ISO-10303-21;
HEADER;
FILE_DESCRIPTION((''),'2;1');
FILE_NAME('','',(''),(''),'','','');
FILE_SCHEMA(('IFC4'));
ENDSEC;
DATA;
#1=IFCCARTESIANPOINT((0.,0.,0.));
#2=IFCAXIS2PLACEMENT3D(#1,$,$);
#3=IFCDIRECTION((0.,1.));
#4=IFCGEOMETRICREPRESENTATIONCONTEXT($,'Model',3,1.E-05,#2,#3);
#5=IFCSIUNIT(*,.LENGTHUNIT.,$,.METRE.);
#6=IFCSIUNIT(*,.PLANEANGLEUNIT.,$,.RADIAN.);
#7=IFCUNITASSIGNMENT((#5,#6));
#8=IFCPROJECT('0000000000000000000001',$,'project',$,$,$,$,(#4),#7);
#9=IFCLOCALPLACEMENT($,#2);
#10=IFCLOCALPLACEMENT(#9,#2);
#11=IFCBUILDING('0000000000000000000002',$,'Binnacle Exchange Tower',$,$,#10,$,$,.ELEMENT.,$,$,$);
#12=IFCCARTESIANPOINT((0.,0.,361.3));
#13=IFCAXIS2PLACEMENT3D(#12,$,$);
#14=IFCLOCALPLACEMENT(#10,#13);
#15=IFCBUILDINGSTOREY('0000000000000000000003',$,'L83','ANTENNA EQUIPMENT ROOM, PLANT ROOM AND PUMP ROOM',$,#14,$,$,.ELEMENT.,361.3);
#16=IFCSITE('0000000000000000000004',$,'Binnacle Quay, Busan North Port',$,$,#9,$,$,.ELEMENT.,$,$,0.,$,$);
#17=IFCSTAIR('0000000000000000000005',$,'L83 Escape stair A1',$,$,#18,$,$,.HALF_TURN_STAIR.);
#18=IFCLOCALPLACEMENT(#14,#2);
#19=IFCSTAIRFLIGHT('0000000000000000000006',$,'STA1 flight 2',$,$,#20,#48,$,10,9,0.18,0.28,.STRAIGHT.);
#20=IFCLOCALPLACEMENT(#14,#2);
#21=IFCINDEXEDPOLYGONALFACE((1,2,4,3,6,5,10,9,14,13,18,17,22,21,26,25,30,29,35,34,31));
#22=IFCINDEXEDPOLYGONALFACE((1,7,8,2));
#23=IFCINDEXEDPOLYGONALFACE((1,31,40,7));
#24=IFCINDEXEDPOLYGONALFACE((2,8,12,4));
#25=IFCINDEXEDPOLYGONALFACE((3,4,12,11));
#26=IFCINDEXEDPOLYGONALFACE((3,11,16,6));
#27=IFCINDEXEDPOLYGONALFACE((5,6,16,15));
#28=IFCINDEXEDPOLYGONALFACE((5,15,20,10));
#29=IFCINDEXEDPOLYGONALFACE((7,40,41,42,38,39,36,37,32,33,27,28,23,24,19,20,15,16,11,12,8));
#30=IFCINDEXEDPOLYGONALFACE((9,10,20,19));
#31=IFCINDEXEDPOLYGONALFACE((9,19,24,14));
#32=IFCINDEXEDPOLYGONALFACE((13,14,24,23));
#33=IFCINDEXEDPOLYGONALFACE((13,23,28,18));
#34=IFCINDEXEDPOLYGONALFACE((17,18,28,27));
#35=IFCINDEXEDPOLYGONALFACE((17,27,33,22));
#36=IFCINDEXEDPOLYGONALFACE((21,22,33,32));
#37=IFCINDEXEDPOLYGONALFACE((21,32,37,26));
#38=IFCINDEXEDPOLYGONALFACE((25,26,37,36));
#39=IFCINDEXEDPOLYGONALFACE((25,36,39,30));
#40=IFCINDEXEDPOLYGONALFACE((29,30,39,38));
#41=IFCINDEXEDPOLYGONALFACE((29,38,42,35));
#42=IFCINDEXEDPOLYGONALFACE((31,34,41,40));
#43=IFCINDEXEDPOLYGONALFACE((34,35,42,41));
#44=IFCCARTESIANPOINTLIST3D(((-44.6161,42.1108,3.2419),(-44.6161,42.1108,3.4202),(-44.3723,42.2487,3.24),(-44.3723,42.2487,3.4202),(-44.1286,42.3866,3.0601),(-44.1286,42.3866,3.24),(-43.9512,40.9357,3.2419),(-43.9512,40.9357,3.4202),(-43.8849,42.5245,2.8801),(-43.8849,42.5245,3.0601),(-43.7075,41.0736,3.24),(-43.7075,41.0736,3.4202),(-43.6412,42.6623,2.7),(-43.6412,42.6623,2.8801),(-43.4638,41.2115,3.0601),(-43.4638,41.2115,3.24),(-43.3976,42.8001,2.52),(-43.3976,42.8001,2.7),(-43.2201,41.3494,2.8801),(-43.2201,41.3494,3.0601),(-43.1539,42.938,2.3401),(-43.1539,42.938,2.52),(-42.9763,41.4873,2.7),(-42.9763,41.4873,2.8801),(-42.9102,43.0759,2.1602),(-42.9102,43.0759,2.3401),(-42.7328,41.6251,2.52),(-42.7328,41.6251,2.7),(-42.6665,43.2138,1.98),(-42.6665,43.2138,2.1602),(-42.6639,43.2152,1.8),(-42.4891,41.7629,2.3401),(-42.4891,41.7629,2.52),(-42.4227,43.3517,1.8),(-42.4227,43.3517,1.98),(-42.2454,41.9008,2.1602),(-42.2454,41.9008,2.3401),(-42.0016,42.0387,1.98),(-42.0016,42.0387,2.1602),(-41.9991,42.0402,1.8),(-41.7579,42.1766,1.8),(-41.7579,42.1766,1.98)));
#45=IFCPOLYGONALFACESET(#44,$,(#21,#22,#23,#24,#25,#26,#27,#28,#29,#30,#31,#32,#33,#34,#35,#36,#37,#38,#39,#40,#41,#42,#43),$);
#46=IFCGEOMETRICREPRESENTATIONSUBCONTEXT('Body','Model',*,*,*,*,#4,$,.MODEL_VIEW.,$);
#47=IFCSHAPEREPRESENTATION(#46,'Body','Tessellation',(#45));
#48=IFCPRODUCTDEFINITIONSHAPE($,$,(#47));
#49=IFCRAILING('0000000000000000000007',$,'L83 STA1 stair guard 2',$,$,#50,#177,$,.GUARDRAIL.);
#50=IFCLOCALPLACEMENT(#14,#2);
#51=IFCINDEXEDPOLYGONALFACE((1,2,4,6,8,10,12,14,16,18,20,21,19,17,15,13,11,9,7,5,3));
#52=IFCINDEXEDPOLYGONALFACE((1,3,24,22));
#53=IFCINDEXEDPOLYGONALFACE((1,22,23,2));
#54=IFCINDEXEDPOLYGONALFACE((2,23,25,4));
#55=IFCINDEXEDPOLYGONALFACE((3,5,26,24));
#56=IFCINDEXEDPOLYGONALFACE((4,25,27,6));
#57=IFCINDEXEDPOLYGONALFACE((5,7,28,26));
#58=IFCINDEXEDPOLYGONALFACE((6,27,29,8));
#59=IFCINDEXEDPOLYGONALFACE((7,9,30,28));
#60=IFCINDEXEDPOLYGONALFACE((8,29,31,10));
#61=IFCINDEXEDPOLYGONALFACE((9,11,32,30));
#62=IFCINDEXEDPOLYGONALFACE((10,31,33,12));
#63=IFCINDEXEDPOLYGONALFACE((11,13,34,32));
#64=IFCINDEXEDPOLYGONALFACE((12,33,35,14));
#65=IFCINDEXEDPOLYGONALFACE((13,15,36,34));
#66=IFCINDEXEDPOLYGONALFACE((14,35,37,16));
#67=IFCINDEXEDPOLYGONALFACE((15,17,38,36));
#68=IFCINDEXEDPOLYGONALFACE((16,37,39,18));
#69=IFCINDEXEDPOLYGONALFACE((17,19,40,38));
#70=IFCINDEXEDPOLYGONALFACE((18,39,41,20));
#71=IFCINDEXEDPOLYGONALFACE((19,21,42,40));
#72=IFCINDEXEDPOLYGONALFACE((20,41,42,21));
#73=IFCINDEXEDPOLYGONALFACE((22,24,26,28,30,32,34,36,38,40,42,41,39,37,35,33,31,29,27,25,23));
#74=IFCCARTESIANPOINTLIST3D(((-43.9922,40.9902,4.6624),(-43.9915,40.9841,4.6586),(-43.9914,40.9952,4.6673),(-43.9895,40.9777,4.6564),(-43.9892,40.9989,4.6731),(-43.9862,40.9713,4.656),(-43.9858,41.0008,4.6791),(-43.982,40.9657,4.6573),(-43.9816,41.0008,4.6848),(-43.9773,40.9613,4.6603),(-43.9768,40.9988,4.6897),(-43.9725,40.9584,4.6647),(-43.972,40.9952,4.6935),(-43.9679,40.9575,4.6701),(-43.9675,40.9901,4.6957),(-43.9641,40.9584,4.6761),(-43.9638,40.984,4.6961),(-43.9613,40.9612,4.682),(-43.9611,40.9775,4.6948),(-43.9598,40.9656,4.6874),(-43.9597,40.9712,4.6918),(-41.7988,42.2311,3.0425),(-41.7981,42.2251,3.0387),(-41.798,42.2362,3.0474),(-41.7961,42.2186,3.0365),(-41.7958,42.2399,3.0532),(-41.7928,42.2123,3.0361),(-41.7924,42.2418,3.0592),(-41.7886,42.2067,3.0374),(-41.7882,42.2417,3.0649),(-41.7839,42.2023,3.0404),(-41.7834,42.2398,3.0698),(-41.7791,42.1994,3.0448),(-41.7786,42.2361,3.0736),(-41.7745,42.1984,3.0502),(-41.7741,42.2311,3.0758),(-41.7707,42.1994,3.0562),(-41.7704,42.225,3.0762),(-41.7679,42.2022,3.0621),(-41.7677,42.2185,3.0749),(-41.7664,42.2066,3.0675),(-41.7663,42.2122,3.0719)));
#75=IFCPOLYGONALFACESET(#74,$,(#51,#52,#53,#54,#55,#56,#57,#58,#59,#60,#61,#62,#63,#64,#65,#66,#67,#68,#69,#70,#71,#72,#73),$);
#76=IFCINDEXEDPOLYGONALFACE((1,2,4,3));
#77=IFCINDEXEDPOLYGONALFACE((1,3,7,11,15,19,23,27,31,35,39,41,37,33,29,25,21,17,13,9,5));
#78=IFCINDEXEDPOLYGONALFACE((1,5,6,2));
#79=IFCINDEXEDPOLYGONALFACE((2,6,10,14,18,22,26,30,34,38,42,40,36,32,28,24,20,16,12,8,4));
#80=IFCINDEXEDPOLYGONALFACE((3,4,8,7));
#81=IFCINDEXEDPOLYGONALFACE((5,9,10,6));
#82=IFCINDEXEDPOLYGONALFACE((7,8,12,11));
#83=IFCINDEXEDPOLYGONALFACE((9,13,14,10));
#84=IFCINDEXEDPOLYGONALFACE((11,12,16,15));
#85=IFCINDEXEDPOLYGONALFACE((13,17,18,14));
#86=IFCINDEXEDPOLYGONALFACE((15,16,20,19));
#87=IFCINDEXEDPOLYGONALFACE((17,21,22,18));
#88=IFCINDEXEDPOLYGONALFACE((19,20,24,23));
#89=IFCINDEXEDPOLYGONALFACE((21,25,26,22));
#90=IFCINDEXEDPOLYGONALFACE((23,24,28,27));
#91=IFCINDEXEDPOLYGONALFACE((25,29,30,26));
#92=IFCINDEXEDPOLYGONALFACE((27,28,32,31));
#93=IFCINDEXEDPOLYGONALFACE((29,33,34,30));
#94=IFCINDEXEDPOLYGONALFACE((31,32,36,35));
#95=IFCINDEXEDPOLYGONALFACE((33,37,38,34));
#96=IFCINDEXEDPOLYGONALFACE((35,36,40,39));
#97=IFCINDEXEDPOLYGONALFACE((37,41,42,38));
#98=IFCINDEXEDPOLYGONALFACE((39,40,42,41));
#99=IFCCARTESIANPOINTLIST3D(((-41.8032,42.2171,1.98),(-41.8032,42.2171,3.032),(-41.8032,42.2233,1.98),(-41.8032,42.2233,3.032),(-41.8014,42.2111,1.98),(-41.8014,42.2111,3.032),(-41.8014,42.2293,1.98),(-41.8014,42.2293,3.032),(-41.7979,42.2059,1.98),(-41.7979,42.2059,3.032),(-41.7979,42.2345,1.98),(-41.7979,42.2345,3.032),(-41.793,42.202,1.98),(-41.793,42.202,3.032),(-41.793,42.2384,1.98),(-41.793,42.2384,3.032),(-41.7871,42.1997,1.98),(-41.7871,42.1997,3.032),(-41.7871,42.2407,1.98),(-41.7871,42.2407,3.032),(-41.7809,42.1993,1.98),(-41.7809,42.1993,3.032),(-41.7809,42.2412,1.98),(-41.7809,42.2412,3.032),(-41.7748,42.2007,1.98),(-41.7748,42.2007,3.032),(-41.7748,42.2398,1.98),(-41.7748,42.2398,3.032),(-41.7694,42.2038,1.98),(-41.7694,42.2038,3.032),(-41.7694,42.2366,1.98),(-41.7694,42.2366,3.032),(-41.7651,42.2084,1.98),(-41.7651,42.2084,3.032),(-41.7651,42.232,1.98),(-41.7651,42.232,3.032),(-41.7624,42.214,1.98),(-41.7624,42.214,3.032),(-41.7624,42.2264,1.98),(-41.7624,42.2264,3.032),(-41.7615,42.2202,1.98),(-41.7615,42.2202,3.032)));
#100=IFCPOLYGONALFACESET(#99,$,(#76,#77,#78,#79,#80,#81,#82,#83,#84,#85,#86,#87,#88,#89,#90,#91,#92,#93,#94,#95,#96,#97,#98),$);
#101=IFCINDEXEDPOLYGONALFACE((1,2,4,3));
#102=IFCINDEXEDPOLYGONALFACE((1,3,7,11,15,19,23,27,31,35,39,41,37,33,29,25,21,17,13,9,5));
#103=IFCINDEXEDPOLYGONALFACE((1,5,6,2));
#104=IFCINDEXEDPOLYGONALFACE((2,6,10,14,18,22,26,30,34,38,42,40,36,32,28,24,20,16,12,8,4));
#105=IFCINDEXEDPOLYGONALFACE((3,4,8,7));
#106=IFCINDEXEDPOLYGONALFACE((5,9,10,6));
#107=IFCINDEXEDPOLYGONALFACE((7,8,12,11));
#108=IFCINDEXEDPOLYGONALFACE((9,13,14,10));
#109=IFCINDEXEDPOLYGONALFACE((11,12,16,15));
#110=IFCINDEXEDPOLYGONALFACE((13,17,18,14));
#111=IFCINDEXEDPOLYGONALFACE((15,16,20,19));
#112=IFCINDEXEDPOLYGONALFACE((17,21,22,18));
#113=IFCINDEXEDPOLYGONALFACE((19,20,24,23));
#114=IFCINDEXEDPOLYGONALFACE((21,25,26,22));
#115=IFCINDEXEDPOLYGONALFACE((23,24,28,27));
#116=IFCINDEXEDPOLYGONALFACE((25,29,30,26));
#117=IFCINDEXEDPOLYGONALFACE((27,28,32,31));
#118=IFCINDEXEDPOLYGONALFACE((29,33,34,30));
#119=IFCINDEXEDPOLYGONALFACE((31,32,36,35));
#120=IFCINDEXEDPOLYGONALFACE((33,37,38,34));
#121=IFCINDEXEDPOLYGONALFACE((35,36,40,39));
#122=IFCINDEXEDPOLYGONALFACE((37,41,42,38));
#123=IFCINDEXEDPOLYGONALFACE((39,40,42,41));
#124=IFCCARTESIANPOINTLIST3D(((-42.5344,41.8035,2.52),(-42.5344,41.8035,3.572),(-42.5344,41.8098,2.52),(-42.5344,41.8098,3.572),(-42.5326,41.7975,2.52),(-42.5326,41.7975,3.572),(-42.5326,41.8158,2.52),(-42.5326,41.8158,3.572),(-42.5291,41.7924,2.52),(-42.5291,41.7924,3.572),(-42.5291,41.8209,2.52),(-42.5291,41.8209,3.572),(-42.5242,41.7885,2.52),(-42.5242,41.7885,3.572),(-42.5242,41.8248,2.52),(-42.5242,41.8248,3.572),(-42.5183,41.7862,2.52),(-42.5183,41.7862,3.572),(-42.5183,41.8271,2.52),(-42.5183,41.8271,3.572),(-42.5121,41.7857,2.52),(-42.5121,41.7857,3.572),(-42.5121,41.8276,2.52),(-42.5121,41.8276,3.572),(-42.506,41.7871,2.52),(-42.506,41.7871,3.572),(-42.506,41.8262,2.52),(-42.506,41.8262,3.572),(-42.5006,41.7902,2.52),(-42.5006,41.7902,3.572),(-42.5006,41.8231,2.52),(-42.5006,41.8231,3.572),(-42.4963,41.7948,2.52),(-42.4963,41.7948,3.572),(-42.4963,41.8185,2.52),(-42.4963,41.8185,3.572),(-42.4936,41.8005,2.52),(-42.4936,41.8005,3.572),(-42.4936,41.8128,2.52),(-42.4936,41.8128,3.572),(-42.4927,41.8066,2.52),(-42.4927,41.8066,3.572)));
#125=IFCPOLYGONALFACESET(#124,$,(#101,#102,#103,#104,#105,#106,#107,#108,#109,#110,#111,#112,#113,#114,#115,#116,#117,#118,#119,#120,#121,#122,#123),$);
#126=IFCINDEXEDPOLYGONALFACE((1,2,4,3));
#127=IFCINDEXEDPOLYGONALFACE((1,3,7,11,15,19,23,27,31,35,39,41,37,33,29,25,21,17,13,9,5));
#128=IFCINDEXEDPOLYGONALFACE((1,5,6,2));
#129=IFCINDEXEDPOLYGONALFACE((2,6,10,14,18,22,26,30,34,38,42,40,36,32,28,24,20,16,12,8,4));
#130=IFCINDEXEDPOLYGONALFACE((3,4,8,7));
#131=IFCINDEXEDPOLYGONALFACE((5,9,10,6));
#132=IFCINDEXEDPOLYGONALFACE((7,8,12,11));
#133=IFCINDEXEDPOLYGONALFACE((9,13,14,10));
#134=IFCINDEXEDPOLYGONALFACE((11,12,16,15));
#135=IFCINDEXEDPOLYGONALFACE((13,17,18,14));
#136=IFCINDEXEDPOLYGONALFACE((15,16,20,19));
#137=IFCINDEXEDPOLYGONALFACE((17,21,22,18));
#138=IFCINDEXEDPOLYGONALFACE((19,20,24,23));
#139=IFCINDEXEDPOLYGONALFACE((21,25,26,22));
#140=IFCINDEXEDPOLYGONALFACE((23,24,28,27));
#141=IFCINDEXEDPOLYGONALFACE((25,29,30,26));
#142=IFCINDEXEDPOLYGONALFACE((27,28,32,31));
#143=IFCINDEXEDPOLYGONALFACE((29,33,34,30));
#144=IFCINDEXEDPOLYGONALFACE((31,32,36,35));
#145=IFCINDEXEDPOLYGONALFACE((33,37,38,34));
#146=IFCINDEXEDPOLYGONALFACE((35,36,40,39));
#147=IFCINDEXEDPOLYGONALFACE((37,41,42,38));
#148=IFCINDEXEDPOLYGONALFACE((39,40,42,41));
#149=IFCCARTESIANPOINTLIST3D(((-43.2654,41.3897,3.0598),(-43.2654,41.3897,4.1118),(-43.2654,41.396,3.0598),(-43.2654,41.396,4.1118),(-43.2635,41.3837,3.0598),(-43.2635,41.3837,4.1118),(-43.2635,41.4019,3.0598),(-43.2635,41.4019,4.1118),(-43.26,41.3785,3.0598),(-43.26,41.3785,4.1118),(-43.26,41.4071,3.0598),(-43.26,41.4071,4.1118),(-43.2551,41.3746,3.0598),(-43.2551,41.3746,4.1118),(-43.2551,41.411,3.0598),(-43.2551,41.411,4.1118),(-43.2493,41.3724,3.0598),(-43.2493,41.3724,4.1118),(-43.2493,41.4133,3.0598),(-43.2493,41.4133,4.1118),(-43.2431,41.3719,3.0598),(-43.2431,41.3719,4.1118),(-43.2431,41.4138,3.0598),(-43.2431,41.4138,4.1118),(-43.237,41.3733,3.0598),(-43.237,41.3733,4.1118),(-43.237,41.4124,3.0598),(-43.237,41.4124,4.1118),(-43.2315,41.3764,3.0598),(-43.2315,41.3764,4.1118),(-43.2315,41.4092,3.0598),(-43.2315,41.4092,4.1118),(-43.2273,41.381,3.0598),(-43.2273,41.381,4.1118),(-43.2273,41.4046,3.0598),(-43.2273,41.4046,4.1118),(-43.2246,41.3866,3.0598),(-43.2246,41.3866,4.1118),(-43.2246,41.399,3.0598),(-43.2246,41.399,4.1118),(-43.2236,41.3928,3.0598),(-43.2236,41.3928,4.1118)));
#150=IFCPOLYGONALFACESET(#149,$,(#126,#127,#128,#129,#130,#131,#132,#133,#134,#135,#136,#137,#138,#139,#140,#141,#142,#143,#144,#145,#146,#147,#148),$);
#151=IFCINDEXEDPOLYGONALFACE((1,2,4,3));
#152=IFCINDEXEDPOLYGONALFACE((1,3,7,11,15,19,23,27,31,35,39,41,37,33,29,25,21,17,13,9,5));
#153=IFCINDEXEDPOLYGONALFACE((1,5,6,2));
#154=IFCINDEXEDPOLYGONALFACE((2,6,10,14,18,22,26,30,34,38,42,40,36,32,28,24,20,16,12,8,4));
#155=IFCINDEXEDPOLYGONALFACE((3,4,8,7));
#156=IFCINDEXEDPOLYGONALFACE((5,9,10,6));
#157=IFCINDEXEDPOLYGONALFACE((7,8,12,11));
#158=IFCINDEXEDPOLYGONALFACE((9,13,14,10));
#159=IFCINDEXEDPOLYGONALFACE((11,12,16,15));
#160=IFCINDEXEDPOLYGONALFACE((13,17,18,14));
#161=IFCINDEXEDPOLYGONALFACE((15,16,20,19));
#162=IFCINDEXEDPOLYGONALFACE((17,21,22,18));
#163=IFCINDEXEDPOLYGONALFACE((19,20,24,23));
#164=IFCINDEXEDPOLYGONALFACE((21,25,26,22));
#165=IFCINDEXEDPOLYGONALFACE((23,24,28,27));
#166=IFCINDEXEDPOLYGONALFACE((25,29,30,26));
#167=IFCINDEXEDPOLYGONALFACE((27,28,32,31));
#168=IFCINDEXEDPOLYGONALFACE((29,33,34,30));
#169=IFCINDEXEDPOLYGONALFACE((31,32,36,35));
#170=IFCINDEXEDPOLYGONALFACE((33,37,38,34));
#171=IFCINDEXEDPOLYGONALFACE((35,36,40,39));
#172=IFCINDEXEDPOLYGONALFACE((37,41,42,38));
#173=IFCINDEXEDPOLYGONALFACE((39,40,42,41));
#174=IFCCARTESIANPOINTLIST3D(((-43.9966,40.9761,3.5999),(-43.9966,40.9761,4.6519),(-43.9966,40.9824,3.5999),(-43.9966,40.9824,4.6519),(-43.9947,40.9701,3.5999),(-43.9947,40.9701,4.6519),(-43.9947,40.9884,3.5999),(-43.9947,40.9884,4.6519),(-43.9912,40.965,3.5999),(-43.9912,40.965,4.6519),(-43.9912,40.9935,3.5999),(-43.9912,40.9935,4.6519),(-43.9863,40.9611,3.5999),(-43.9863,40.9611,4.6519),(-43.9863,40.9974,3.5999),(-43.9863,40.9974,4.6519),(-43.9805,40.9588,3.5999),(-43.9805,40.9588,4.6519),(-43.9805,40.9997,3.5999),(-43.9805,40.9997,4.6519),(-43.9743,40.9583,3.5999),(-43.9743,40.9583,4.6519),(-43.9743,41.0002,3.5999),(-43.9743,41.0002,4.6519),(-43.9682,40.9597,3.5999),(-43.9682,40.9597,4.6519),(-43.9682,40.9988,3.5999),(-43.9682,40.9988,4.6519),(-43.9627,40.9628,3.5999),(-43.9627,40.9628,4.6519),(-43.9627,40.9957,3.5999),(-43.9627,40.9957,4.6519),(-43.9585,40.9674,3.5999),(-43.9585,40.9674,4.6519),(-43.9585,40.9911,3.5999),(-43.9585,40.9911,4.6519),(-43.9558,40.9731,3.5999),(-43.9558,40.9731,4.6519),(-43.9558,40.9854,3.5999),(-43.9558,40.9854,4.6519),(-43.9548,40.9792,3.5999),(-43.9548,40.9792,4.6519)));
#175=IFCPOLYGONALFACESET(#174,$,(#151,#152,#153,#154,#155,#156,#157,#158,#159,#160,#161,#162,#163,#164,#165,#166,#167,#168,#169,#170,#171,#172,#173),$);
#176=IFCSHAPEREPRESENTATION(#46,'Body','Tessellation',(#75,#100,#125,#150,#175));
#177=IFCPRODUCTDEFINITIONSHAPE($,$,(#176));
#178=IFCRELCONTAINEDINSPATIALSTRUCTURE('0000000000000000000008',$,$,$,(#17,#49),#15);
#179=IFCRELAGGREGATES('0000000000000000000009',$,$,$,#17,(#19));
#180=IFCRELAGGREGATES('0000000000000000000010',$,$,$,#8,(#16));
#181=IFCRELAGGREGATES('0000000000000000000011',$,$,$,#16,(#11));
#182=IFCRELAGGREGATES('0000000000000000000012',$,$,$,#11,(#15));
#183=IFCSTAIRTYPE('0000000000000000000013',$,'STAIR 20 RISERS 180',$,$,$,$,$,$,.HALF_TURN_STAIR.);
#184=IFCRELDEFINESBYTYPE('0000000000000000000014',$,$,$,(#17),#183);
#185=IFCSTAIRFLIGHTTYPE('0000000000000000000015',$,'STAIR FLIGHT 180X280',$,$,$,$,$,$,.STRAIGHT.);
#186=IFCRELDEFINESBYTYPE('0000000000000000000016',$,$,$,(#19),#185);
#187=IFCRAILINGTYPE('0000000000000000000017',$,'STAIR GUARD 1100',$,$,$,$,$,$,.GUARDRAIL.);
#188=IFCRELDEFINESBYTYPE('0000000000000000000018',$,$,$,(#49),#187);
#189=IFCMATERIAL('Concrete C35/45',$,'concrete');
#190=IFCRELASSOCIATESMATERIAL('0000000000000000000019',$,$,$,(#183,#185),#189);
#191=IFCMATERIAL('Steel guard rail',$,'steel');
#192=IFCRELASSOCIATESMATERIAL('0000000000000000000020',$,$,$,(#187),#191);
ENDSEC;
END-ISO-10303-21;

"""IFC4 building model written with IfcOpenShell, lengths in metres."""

from ifc_helpers import new_model, si_unit, direction, frame, origin, origin_2d, place, context, subcontext, project, spatial, polyline, circle, outline, extrude, material, type_object, element, aggregate, save


model = new_model("IFC4")

# Units and contexts
model_context = context("Model", 3, precision=1e-05, world=origin(), true_north=direction((0.0, 1.0)))
body_context = subcontext(model_context, "Body", "Model", "MODEL_VIEW")
ifc_project = project(units=[si_unit("LENGTHUNIT", "METRE"), si_unit("PLANEANGLEUNIT", "RADIAN")], contexts=[model_context])

# Site, building, storey
site_placement = place(None, origin())
site = spatial("IfcSite", under=ifc_project, at=site_placement, Name="Binnacle Quay, Busan North Port", CompositionType="ELEMENT", RefElevation=0.0)
building_placement = place(site_placement, origin())
building = spatial("IfcBuilding", under=site, at=building_placement, Name="Binnacle Exchange Tower", CompositionType="ELEMENT")
storey_placement = place(building_placement, frame((0.0, 0.0, 361.3)))
storey = spatial("IfcBuildingStorey", under=building, at=storey_placement, Name="L83", Description="ANTENNA EQUIPMENT ROOM, PLANT ROOM AND PUMP ROOM", CompositionType="ELEMENT", Elevation=361.3)

# Stair, stair flight
ifc_material_1 = material(Name="Concrete C35/45", Category="concrete")
stair_type = type_object("IfcStairType", Name="STAIR 20 RISERS 180", PredefinedType="HALF_TURN_STAIR", material=ifc_material_1)
stair_placement = place(storey_placement, origin())
stair = element("IfcStair", 1, at=stair_placement, inside=storey, type_object=stair_type, Name="L83 Escape stair A1", PredefinedType="HALF_TURN_STAIR")
stair_flight_type = type_object("IfcStairFlightType", Name="STAIR FLIGHT 180X280", PredefinedType="STRAIGHT", material=ifc_material_1)
stair_flight_1_placement = place(storey_placement, frame((-42.0903, 42.7642, 1.8), z_axis=(0.0, 0.0, 1.0), x_axis=(-0.870356, -0.492424, 0.0)))
stair_flight_1 = element("IfcStairFlight", 2, at=stair_flight_1_placement, type_object=stair_flight_type, Name="STA1 flight 2", NumberOfRisers=10, NumberOfTreads=9, PredefinedType="STRAIGHT", RiserHeight=0.18, TreadLength=0.28, context=body_context, shape_type="SweptSolid", body=[
    extrude(outline(polyline([(0.0, 0.0), (0.0, 0.1799), (0.28, 0.1799), (0.28, 0.3601), (0.5601, 0.3601), (0.5601, 0.54), (0.8401, 0.54), (0.8401, 0.72), (1.1201, 0.72), (1.1201, 0.8999), (1.3999, 0.8999), (1.3999, 1.0801), (1.6799, 1.0801), (1.6799, 1.26), (1.96, 1.26), (1.96, 1.4399), (2.24, 1.4399), (2.24, 1.6201), (2.52, 1.6201), (2.52, 1.8), (2.52, 1.4419), (0.2771, 0.0), (0.0, 0.0)])), frame((0.0, 0.675, 0.0), z_axis=(0.0, -1.0, 0.0), x_axis=(1.0, 0.0, 0.0)), (0.0, 0.0, 1.0), 1.3501),
])
aggregate(stair, [stair_flight_1])

# Railing
ifc_material_2 = material(Name="Steel guard rail", Category="steel")
railing_type_1 = type_object("IfcRailingType", Name="STAIR GUARD 1100", PredefinedType="GUARDRAIL", material=ifc_material_2)
railing_1_placement = place(storey_placement, frame((-41.7825, 42.2202, 1.98)))
element("IfcRailing", 3, at=railing_1_placement, inside=storey, type_object=railing_type_1, Name="L83 STA1 stair guard 2", PredefinedType="GUARDRAIL", context=body_context, shape_type="SweptSolid", body=[
    extrude(circle(Radius=0.0239, at=origin_2d()), frame((0.0, 0.0, 1.0762), z_axis=(-0.732145, -0.414236, 0.540715), x_axis=(0.492431, -0.870352, 0.0)), (0.0, 0.0, 1.0), 2.9958),
    extrude(circle(Radius=0.021, at=origin_2d()), origin(), (0.0, 0.0, 1.0), 1.052),
    extrude(circle(Radius=0.021, at=origin_2d()), frame((-0.7312, -0.4136, 0.54)), (0.0, 0.0, 1.0), 1.052),
    extrude(circle(Radius=0.021, at=origin_2d()), frame((-1.4622, -0.8274, 1.0798)), (0.0, 0.0, 1.0), 1.052),
    extrude(circle(Radius=0.021, at=origin_2d()), frame((-2.1934, -1.241, 1.6199)), (0.0, 0.0, 1.0), 1.052),
])

save(model, "model.ifc")
